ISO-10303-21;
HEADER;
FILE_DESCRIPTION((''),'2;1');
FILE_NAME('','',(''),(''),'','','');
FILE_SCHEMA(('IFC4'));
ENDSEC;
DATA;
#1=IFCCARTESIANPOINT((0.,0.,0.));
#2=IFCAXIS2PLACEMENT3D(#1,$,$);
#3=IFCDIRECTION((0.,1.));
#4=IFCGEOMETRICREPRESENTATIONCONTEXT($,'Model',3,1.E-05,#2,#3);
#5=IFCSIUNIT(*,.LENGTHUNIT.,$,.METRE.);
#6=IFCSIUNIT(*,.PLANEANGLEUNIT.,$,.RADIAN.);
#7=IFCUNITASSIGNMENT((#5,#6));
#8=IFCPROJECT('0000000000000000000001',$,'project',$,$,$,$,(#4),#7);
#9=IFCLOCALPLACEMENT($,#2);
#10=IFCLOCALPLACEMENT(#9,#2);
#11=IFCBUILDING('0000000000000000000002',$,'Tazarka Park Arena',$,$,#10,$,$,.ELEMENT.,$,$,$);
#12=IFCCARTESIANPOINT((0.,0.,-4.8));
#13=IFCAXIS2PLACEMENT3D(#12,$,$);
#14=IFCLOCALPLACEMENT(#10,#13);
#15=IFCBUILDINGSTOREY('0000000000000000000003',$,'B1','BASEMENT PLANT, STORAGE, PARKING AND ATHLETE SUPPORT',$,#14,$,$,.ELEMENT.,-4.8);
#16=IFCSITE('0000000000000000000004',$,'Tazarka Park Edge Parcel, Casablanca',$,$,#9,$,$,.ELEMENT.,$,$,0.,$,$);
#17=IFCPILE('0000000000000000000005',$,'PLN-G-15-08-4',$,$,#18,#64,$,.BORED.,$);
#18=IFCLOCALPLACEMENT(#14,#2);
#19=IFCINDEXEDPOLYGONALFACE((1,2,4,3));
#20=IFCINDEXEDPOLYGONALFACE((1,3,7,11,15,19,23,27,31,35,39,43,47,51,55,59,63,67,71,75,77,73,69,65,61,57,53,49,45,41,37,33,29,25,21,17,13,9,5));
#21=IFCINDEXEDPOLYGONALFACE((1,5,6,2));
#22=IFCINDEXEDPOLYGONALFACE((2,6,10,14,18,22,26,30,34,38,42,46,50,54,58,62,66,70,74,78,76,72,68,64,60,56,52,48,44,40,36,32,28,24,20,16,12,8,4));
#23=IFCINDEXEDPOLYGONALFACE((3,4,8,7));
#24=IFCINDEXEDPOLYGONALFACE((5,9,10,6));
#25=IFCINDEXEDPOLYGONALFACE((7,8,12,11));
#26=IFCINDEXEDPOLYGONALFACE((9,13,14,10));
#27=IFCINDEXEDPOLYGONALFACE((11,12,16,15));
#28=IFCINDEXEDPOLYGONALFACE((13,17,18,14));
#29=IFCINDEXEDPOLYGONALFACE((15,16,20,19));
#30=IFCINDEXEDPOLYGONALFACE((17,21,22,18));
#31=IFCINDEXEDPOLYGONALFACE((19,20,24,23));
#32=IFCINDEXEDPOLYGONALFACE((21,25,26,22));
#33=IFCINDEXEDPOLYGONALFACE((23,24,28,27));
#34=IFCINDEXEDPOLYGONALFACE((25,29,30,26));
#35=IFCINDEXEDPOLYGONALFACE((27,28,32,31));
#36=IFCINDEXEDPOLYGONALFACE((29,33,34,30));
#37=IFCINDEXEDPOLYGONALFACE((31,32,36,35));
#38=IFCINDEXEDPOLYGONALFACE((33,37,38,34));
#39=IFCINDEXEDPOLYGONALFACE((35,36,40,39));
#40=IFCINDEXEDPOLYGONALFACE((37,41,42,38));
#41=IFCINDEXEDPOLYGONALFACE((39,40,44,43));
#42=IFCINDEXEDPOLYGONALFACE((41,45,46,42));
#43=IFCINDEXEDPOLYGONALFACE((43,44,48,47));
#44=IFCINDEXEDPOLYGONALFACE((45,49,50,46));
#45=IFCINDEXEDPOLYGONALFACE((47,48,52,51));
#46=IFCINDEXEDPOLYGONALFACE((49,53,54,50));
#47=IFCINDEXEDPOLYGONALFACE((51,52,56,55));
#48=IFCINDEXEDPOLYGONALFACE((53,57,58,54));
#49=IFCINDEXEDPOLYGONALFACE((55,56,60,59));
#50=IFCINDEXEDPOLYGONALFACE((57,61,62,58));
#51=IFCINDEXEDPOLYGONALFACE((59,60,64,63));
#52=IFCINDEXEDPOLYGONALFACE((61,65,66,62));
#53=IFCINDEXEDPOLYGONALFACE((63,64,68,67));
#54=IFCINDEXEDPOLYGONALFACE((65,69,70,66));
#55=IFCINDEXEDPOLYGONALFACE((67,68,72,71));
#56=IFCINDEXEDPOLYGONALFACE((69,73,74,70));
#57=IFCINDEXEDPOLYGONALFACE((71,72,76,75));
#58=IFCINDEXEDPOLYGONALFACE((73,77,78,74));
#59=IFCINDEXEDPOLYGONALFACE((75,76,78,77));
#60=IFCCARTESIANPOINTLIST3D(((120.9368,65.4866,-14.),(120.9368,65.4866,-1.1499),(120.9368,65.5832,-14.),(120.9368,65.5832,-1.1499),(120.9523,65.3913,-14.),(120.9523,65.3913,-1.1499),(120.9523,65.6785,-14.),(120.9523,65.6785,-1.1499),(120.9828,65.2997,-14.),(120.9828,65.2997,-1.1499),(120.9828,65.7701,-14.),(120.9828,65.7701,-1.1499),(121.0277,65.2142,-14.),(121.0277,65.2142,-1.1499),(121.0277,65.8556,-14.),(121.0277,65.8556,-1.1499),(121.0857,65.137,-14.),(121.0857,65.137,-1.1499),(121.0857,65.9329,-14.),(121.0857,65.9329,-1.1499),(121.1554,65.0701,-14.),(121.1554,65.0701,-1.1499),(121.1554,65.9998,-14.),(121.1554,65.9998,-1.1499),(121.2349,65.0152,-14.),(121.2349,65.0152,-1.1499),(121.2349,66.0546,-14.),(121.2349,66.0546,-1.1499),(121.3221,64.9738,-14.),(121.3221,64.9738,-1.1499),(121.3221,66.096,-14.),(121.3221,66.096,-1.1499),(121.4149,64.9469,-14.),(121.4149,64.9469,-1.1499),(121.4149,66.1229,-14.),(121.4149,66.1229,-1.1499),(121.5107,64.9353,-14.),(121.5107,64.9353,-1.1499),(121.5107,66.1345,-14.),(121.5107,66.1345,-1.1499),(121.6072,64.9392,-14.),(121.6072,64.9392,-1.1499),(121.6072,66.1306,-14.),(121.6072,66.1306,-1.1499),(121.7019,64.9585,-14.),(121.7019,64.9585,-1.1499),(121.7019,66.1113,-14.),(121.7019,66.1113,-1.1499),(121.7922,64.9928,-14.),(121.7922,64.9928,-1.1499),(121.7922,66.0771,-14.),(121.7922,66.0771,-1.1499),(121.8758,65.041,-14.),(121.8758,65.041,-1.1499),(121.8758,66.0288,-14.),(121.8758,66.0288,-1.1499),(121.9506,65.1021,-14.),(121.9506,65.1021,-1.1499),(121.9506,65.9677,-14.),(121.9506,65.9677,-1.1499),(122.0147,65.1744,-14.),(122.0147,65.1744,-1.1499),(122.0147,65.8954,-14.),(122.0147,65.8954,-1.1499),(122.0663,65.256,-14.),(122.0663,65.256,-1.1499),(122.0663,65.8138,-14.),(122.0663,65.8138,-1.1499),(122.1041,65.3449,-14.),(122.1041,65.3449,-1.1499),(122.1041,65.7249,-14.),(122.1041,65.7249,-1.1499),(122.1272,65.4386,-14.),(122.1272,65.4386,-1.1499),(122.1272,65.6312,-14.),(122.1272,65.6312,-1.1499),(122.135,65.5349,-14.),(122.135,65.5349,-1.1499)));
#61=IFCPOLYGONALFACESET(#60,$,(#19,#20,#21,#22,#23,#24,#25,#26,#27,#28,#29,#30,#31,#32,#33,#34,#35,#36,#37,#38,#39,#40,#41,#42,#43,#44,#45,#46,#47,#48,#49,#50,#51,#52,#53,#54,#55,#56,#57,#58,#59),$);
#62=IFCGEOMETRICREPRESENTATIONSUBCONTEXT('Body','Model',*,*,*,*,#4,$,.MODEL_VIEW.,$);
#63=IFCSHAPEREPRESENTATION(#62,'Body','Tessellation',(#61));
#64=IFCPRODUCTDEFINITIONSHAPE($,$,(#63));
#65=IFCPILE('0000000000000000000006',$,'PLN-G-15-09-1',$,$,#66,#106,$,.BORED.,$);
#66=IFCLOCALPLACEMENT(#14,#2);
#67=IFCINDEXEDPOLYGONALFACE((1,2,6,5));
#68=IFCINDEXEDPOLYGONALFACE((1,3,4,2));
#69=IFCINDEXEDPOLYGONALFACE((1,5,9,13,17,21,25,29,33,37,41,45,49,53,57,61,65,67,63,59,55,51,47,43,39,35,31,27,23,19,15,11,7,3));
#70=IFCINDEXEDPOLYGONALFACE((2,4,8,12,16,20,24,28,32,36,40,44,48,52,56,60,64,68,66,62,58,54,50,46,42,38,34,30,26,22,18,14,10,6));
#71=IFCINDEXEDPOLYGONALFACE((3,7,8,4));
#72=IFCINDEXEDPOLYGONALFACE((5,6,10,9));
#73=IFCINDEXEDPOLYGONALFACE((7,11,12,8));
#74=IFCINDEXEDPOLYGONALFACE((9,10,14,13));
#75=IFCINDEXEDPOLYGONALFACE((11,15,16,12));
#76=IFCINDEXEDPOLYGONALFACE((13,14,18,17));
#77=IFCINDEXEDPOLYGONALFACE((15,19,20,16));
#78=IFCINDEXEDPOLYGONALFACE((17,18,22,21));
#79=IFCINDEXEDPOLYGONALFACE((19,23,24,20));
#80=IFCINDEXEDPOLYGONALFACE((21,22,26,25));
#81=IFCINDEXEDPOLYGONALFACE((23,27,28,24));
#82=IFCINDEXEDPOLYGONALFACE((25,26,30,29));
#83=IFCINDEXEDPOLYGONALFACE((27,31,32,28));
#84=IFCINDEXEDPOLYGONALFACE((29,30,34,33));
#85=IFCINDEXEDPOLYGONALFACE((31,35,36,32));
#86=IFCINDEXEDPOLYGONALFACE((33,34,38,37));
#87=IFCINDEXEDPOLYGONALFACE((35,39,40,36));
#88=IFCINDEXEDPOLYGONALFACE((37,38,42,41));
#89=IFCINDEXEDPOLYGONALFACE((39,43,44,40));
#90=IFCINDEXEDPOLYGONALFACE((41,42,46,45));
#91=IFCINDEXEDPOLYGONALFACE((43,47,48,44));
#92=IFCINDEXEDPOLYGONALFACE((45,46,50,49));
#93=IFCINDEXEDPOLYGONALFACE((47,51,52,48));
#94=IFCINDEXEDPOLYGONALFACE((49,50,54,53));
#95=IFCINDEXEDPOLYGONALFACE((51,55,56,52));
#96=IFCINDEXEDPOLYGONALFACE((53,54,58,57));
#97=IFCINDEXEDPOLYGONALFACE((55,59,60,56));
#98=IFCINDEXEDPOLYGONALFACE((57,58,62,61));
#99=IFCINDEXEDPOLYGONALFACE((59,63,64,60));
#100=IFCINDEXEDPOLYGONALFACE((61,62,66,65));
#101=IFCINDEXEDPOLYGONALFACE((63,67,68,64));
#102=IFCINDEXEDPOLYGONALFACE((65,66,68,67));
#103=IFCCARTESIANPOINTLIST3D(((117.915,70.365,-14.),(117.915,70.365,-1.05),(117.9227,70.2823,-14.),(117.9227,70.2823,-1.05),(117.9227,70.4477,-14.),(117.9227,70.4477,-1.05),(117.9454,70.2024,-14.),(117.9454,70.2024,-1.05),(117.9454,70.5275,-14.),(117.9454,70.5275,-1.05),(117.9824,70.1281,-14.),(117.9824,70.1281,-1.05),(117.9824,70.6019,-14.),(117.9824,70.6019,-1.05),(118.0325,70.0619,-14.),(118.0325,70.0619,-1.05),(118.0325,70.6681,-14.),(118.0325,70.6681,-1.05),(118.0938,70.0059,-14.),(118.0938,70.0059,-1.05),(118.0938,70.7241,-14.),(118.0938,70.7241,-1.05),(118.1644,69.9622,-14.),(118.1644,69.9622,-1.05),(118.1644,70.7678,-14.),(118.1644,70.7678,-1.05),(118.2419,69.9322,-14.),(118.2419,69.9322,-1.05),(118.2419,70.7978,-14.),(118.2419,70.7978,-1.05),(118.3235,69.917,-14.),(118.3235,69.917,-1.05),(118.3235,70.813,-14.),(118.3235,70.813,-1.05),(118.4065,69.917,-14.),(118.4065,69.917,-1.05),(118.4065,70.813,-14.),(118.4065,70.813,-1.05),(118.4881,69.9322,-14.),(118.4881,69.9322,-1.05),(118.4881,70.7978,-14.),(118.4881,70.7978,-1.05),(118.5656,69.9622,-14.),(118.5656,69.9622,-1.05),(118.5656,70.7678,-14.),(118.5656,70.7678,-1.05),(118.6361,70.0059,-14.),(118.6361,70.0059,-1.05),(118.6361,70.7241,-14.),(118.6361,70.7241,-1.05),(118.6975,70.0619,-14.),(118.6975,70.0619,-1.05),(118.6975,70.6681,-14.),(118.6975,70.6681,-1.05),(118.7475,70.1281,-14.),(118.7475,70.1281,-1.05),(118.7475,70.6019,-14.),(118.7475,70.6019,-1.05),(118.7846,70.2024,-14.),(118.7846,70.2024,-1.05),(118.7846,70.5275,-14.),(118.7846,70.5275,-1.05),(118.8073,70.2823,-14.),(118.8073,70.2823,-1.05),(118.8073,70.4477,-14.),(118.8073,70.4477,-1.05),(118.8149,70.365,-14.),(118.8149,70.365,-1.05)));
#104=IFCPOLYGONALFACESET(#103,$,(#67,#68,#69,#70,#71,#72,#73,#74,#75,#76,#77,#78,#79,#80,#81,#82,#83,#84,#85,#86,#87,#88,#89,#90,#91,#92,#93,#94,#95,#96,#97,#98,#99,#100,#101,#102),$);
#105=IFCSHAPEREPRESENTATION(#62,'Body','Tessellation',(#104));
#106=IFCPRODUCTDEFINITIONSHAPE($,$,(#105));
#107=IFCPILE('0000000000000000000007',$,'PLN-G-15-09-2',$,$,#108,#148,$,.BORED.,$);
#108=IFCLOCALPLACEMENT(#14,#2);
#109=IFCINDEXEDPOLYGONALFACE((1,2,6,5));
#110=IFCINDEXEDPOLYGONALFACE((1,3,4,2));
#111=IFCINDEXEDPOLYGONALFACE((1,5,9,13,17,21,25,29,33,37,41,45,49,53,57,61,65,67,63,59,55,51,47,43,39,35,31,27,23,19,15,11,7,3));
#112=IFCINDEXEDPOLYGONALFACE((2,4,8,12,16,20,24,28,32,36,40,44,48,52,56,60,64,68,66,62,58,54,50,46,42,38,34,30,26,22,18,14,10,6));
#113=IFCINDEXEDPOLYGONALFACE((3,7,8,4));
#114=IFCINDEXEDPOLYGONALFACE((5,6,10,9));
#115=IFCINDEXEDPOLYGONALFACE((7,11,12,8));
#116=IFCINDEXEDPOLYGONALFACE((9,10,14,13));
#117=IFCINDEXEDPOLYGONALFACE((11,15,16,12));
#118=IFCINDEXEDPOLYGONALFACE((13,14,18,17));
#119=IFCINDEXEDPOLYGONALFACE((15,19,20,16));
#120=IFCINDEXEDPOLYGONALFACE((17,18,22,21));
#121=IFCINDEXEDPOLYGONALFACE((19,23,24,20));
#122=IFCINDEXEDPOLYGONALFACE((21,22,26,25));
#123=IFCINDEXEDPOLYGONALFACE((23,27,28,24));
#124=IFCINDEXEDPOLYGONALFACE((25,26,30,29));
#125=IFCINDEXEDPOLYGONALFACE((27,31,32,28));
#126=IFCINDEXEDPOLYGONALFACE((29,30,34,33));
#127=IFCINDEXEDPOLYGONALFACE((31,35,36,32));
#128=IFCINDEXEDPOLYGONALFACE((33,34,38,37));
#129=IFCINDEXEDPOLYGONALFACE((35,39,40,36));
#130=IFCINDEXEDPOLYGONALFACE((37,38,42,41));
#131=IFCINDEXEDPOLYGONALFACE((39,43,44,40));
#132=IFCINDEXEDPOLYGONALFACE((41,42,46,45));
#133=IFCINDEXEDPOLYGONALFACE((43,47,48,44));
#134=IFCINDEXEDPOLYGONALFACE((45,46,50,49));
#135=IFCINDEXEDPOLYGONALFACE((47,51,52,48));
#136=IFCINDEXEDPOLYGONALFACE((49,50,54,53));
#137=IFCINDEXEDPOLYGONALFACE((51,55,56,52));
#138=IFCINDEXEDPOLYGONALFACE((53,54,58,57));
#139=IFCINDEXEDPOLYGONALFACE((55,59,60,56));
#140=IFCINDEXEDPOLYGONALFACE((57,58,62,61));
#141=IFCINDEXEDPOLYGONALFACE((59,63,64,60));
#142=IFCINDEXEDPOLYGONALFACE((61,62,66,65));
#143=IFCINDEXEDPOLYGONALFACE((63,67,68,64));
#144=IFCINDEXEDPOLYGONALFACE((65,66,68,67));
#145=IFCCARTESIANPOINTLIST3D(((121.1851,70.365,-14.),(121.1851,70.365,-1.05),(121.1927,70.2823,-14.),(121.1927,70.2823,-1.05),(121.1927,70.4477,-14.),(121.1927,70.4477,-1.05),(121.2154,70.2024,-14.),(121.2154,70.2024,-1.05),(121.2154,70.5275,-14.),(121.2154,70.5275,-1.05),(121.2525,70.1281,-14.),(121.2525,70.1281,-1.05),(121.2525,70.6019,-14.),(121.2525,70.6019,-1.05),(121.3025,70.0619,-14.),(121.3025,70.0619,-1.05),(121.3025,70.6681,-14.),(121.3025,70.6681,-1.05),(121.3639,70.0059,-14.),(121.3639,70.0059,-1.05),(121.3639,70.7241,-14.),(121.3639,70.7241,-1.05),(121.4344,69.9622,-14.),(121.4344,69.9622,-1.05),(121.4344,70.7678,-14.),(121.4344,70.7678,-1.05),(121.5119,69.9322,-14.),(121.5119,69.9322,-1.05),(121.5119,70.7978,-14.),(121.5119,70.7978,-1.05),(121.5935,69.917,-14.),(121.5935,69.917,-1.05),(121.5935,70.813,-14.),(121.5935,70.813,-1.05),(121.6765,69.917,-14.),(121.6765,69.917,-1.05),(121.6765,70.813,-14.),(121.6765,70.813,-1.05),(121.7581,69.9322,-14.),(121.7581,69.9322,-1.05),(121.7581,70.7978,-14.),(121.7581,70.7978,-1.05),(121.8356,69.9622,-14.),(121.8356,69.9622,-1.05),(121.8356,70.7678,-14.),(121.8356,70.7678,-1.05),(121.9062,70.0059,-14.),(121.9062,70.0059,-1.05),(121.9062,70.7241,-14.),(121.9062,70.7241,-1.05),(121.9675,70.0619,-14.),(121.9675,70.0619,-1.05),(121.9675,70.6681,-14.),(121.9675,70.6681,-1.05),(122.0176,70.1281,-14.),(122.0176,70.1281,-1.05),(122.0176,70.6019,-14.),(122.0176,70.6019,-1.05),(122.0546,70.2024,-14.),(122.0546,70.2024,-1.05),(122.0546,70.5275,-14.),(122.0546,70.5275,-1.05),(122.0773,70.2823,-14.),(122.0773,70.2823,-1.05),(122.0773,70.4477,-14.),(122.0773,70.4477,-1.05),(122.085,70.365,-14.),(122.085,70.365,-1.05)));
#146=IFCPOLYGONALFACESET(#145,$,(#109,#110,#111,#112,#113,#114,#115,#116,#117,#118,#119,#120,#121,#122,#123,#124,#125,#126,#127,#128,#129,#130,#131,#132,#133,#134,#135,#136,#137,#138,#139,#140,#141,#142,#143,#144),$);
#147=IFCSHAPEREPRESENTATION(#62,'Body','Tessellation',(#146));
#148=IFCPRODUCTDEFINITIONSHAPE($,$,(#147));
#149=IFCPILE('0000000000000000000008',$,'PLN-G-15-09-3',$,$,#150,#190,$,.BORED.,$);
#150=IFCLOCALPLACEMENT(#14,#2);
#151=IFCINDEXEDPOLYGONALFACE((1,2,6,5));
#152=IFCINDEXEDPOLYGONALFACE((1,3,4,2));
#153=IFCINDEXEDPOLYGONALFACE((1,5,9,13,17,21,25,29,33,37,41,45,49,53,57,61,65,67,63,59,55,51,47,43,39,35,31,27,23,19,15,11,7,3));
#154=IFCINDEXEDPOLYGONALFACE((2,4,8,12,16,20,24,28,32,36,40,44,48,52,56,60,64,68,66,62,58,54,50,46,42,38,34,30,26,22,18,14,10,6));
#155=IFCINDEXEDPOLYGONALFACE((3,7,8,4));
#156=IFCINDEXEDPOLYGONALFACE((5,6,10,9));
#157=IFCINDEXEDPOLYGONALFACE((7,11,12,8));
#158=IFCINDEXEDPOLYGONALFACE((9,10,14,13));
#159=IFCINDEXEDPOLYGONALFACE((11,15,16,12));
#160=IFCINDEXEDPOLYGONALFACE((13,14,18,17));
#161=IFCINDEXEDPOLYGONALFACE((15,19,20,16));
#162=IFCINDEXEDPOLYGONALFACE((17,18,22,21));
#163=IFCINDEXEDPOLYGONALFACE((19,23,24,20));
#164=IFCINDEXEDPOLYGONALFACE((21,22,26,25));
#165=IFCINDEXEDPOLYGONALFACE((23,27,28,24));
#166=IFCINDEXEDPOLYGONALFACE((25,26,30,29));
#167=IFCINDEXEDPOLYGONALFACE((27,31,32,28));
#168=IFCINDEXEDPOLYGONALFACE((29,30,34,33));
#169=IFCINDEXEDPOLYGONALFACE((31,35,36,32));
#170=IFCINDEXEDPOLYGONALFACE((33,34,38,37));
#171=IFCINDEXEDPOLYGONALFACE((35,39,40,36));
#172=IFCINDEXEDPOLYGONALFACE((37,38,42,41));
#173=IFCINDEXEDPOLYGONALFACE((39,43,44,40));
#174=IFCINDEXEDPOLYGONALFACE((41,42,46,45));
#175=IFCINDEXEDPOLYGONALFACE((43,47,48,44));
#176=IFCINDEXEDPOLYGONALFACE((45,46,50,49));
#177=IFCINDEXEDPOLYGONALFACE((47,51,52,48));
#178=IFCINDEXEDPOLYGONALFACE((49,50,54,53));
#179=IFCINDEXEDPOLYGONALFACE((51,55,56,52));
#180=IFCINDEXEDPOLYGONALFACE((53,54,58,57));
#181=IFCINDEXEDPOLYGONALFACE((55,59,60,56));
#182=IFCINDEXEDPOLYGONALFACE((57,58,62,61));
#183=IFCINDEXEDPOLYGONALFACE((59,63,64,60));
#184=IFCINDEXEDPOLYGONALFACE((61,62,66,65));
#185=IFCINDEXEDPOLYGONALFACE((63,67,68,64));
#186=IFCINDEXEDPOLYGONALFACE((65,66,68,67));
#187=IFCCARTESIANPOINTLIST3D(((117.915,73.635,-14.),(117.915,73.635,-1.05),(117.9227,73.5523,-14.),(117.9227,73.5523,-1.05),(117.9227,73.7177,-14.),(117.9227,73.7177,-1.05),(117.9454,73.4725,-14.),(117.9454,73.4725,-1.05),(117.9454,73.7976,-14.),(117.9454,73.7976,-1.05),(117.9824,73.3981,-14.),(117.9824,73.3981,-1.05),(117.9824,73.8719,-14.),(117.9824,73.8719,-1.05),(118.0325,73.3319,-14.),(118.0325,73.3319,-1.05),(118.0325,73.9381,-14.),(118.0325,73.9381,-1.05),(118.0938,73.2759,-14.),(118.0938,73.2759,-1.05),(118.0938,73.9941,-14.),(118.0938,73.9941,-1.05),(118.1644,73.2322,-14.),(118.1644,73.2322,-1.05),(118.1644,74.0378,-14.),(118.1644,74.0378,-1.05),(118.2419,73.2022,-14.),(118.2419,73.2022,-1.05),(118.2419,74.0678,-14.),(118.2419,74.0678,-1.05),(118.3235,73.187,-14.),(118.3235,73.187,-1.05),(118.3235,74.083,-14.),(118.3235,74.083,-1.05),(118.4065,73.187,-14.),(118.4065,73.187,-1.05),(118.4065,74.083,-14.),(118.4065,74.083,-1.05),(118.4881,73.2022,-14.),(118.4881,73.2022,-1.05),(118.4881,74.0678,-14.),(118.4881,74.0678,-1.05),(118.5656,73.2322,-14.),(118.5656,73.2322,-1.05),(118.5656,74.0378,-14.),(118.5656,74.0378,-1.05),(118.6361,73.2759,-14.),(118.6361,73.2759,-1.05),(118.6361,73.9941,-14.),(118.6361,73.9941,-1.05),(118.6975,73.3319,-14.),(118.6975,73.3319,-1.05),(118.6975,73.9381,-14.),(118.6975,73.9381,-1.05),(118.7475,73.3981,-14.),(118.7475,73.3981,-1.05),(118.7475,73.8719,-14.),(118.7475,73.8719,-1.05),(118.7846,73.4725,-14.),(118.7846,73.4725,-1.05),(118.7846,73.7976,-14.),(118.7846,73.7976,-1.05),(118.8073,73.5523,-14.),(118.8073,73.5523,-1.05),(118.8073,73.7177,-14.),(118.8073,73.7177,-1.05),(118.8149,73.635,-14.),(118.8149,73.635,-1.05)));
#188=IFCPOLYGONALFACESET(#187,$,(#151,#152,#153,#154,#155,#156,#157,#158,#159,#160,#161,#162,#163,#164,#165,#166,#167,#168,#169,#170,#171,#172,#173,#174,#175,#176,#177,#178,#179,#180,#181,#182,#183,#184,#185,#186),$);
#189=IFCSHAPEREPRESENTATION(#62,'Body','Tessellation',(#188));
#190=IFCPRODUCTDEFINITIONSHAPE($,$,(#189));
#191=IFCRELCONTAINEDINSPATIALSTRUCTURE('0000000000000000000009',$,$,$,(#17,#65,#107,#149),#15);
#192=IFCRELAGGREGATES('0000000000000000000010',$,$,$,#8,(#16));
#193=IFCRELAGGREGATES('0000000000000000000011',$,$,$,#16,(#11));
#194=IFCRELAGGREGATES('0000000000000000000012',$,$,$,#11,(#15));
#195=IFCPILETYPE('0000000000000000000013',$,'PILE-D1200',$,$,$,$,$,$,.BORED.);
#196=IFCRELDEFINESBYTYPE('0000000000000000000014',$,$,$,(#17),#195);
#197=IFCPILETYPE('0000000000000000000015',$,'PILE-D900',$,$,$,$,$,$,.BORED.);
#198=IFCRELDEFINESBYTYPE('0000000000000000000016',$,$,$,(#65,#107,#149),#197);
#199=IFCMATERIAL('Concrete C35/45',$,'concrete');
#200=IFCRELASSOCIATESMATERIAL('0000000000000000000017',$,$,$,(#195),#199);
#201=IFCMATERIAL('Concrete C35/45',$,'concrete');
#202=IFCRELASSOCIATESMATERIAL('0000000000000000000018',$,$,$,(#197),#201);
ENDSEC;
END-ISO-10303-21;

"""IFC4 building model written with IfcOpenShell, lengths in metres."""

from ifc_helpers import new_model, si_unit, direction, frame, origin, origin_2d, place, context, subcontext, project, spatial, circle, extrude, material, material_profile, profile_set, type_object, element, save


model = new_model("IFC4")

# Units and contexts
model_context = context("Model", 3, precision=1e-05, world=origin(), true_north=direction((0.0, 1.0)))
body_context = subcontext(model_context, "Body", "Model", "MODEL_VIEW")
ifc_project = project(units=[si_unit("LENGTHUNIT", "METRE"), si_unit("PLANEANGLEUNIT", "RADIAN")], contexts=[model_context])

# Site, building, storey
site_placement = place(None, origin())
site = spatial("IfcSite", under=ifc_project, at=site_placement, Name="Tazarka Park Edge Parcel, Casablanca", CompositionType="ELEMENT", RefElevation=0.0)
building_placement = place(site_placement, origin())
building = spatial("IfcBuilding", under=site, at=building_placement, Name="Tazarka Park Arena", CompositionType="ELEMENT")
storey_placement = place(building_placement, frame((0.0, 0.0, -4.8)))
storey = spatial("IfcBuildingStorey", under=building, at=storey_placement, Name="B1", Description="BASEMENT PLANT, STORAGE, PARKING AND ATHLETE SUPPORT", CompositionType="ELEMENT", Elevation=-4.8)

# Piles
ifc_material_1 = material(Name="Concrete C35/45", Category="concrete")
ifc_material_profile_1 = material_profile(ifc_material_1, circle(Radius=0.6001, at=origin_2d()), Name="Concrete C35/45")
ifc_profile_set_1 = profile_set([ifc_material_profile_1], Name="Concrete C35/45")
pile_type_1 = type_object("IfcPileType", Name="PILE-D1200", PredefinedType="BORED", material=ifc_profile_set_1)
for number, where, z_axis, x_axis, name in (
    (1, (121.5349, 65.5349, -1.1499), (0.0, 0.0, -1.0), (1.0, 0.0, 0.0), "PLN-G-15-08-4"),
):
    element("IfcPile", number, at=place(storey_placement, frame(where, z_axis=z_axis, x_axis=x_axis)), inside=storey, type_object=pile_type_1, Name=name, PredefinedType="BORED", context=body_context, shape_type="SweptSolid", body=[
        extrude(circle(Radius=0.6001, at=origin_2d()), origin(), (0.0, 0.0, 1.0), 12.8501),
    ])
ifc_material_2 = material(Name="Concrete C35/45", Category="concrete")
ifc_material_profile_2 = material_profile(ifc_material_2, circle(Radius=0.45, at=origin_2d()), Name="Concrete C35/45")
ifc_profile_set_2 = profile_set([ifc_material_profile_2], Name="Concrete C35/45")
pile_type_2 = type_object("IfcPileType", Name="PILE-D900", PredefinedType="BORED", material=ifc_profile_set_2)
for number, where, z_axis, x_axis, name in (
    (2, (118.365, 70.365, -1.05), (0.0, 0.0, -1.0), (1.0, 0.0, 0.0), "PLN-G-15-09-1"),
    (3, (121.635, 70.365, -1.05), (0.0, 0.0, -1.0), (1.0, 0.0, 0.0), "PLN-G-15-09-2"),
    (4, (118.365, 73.635, -1.05), (0.0, 0.0, -1.0), (1.0, 0.0, 0.0), "PLN-G-15-09-3"),
):
    element("IfcPile", number, at=place(storey_placement, frame(where, z_axis=z_axis, x_axis=x_axis)), inside=storey, type_object=pile_type_2, Name=name, PredefinedType="BORED", context=body_context, shape_type="SweptSolid", body=[
        extrude(circle(Radius=0.45, at=origin_2d()), origin(), (0.0, 0.0, 1.0), 12.95),
    ])

save(model, "model.ifc")
